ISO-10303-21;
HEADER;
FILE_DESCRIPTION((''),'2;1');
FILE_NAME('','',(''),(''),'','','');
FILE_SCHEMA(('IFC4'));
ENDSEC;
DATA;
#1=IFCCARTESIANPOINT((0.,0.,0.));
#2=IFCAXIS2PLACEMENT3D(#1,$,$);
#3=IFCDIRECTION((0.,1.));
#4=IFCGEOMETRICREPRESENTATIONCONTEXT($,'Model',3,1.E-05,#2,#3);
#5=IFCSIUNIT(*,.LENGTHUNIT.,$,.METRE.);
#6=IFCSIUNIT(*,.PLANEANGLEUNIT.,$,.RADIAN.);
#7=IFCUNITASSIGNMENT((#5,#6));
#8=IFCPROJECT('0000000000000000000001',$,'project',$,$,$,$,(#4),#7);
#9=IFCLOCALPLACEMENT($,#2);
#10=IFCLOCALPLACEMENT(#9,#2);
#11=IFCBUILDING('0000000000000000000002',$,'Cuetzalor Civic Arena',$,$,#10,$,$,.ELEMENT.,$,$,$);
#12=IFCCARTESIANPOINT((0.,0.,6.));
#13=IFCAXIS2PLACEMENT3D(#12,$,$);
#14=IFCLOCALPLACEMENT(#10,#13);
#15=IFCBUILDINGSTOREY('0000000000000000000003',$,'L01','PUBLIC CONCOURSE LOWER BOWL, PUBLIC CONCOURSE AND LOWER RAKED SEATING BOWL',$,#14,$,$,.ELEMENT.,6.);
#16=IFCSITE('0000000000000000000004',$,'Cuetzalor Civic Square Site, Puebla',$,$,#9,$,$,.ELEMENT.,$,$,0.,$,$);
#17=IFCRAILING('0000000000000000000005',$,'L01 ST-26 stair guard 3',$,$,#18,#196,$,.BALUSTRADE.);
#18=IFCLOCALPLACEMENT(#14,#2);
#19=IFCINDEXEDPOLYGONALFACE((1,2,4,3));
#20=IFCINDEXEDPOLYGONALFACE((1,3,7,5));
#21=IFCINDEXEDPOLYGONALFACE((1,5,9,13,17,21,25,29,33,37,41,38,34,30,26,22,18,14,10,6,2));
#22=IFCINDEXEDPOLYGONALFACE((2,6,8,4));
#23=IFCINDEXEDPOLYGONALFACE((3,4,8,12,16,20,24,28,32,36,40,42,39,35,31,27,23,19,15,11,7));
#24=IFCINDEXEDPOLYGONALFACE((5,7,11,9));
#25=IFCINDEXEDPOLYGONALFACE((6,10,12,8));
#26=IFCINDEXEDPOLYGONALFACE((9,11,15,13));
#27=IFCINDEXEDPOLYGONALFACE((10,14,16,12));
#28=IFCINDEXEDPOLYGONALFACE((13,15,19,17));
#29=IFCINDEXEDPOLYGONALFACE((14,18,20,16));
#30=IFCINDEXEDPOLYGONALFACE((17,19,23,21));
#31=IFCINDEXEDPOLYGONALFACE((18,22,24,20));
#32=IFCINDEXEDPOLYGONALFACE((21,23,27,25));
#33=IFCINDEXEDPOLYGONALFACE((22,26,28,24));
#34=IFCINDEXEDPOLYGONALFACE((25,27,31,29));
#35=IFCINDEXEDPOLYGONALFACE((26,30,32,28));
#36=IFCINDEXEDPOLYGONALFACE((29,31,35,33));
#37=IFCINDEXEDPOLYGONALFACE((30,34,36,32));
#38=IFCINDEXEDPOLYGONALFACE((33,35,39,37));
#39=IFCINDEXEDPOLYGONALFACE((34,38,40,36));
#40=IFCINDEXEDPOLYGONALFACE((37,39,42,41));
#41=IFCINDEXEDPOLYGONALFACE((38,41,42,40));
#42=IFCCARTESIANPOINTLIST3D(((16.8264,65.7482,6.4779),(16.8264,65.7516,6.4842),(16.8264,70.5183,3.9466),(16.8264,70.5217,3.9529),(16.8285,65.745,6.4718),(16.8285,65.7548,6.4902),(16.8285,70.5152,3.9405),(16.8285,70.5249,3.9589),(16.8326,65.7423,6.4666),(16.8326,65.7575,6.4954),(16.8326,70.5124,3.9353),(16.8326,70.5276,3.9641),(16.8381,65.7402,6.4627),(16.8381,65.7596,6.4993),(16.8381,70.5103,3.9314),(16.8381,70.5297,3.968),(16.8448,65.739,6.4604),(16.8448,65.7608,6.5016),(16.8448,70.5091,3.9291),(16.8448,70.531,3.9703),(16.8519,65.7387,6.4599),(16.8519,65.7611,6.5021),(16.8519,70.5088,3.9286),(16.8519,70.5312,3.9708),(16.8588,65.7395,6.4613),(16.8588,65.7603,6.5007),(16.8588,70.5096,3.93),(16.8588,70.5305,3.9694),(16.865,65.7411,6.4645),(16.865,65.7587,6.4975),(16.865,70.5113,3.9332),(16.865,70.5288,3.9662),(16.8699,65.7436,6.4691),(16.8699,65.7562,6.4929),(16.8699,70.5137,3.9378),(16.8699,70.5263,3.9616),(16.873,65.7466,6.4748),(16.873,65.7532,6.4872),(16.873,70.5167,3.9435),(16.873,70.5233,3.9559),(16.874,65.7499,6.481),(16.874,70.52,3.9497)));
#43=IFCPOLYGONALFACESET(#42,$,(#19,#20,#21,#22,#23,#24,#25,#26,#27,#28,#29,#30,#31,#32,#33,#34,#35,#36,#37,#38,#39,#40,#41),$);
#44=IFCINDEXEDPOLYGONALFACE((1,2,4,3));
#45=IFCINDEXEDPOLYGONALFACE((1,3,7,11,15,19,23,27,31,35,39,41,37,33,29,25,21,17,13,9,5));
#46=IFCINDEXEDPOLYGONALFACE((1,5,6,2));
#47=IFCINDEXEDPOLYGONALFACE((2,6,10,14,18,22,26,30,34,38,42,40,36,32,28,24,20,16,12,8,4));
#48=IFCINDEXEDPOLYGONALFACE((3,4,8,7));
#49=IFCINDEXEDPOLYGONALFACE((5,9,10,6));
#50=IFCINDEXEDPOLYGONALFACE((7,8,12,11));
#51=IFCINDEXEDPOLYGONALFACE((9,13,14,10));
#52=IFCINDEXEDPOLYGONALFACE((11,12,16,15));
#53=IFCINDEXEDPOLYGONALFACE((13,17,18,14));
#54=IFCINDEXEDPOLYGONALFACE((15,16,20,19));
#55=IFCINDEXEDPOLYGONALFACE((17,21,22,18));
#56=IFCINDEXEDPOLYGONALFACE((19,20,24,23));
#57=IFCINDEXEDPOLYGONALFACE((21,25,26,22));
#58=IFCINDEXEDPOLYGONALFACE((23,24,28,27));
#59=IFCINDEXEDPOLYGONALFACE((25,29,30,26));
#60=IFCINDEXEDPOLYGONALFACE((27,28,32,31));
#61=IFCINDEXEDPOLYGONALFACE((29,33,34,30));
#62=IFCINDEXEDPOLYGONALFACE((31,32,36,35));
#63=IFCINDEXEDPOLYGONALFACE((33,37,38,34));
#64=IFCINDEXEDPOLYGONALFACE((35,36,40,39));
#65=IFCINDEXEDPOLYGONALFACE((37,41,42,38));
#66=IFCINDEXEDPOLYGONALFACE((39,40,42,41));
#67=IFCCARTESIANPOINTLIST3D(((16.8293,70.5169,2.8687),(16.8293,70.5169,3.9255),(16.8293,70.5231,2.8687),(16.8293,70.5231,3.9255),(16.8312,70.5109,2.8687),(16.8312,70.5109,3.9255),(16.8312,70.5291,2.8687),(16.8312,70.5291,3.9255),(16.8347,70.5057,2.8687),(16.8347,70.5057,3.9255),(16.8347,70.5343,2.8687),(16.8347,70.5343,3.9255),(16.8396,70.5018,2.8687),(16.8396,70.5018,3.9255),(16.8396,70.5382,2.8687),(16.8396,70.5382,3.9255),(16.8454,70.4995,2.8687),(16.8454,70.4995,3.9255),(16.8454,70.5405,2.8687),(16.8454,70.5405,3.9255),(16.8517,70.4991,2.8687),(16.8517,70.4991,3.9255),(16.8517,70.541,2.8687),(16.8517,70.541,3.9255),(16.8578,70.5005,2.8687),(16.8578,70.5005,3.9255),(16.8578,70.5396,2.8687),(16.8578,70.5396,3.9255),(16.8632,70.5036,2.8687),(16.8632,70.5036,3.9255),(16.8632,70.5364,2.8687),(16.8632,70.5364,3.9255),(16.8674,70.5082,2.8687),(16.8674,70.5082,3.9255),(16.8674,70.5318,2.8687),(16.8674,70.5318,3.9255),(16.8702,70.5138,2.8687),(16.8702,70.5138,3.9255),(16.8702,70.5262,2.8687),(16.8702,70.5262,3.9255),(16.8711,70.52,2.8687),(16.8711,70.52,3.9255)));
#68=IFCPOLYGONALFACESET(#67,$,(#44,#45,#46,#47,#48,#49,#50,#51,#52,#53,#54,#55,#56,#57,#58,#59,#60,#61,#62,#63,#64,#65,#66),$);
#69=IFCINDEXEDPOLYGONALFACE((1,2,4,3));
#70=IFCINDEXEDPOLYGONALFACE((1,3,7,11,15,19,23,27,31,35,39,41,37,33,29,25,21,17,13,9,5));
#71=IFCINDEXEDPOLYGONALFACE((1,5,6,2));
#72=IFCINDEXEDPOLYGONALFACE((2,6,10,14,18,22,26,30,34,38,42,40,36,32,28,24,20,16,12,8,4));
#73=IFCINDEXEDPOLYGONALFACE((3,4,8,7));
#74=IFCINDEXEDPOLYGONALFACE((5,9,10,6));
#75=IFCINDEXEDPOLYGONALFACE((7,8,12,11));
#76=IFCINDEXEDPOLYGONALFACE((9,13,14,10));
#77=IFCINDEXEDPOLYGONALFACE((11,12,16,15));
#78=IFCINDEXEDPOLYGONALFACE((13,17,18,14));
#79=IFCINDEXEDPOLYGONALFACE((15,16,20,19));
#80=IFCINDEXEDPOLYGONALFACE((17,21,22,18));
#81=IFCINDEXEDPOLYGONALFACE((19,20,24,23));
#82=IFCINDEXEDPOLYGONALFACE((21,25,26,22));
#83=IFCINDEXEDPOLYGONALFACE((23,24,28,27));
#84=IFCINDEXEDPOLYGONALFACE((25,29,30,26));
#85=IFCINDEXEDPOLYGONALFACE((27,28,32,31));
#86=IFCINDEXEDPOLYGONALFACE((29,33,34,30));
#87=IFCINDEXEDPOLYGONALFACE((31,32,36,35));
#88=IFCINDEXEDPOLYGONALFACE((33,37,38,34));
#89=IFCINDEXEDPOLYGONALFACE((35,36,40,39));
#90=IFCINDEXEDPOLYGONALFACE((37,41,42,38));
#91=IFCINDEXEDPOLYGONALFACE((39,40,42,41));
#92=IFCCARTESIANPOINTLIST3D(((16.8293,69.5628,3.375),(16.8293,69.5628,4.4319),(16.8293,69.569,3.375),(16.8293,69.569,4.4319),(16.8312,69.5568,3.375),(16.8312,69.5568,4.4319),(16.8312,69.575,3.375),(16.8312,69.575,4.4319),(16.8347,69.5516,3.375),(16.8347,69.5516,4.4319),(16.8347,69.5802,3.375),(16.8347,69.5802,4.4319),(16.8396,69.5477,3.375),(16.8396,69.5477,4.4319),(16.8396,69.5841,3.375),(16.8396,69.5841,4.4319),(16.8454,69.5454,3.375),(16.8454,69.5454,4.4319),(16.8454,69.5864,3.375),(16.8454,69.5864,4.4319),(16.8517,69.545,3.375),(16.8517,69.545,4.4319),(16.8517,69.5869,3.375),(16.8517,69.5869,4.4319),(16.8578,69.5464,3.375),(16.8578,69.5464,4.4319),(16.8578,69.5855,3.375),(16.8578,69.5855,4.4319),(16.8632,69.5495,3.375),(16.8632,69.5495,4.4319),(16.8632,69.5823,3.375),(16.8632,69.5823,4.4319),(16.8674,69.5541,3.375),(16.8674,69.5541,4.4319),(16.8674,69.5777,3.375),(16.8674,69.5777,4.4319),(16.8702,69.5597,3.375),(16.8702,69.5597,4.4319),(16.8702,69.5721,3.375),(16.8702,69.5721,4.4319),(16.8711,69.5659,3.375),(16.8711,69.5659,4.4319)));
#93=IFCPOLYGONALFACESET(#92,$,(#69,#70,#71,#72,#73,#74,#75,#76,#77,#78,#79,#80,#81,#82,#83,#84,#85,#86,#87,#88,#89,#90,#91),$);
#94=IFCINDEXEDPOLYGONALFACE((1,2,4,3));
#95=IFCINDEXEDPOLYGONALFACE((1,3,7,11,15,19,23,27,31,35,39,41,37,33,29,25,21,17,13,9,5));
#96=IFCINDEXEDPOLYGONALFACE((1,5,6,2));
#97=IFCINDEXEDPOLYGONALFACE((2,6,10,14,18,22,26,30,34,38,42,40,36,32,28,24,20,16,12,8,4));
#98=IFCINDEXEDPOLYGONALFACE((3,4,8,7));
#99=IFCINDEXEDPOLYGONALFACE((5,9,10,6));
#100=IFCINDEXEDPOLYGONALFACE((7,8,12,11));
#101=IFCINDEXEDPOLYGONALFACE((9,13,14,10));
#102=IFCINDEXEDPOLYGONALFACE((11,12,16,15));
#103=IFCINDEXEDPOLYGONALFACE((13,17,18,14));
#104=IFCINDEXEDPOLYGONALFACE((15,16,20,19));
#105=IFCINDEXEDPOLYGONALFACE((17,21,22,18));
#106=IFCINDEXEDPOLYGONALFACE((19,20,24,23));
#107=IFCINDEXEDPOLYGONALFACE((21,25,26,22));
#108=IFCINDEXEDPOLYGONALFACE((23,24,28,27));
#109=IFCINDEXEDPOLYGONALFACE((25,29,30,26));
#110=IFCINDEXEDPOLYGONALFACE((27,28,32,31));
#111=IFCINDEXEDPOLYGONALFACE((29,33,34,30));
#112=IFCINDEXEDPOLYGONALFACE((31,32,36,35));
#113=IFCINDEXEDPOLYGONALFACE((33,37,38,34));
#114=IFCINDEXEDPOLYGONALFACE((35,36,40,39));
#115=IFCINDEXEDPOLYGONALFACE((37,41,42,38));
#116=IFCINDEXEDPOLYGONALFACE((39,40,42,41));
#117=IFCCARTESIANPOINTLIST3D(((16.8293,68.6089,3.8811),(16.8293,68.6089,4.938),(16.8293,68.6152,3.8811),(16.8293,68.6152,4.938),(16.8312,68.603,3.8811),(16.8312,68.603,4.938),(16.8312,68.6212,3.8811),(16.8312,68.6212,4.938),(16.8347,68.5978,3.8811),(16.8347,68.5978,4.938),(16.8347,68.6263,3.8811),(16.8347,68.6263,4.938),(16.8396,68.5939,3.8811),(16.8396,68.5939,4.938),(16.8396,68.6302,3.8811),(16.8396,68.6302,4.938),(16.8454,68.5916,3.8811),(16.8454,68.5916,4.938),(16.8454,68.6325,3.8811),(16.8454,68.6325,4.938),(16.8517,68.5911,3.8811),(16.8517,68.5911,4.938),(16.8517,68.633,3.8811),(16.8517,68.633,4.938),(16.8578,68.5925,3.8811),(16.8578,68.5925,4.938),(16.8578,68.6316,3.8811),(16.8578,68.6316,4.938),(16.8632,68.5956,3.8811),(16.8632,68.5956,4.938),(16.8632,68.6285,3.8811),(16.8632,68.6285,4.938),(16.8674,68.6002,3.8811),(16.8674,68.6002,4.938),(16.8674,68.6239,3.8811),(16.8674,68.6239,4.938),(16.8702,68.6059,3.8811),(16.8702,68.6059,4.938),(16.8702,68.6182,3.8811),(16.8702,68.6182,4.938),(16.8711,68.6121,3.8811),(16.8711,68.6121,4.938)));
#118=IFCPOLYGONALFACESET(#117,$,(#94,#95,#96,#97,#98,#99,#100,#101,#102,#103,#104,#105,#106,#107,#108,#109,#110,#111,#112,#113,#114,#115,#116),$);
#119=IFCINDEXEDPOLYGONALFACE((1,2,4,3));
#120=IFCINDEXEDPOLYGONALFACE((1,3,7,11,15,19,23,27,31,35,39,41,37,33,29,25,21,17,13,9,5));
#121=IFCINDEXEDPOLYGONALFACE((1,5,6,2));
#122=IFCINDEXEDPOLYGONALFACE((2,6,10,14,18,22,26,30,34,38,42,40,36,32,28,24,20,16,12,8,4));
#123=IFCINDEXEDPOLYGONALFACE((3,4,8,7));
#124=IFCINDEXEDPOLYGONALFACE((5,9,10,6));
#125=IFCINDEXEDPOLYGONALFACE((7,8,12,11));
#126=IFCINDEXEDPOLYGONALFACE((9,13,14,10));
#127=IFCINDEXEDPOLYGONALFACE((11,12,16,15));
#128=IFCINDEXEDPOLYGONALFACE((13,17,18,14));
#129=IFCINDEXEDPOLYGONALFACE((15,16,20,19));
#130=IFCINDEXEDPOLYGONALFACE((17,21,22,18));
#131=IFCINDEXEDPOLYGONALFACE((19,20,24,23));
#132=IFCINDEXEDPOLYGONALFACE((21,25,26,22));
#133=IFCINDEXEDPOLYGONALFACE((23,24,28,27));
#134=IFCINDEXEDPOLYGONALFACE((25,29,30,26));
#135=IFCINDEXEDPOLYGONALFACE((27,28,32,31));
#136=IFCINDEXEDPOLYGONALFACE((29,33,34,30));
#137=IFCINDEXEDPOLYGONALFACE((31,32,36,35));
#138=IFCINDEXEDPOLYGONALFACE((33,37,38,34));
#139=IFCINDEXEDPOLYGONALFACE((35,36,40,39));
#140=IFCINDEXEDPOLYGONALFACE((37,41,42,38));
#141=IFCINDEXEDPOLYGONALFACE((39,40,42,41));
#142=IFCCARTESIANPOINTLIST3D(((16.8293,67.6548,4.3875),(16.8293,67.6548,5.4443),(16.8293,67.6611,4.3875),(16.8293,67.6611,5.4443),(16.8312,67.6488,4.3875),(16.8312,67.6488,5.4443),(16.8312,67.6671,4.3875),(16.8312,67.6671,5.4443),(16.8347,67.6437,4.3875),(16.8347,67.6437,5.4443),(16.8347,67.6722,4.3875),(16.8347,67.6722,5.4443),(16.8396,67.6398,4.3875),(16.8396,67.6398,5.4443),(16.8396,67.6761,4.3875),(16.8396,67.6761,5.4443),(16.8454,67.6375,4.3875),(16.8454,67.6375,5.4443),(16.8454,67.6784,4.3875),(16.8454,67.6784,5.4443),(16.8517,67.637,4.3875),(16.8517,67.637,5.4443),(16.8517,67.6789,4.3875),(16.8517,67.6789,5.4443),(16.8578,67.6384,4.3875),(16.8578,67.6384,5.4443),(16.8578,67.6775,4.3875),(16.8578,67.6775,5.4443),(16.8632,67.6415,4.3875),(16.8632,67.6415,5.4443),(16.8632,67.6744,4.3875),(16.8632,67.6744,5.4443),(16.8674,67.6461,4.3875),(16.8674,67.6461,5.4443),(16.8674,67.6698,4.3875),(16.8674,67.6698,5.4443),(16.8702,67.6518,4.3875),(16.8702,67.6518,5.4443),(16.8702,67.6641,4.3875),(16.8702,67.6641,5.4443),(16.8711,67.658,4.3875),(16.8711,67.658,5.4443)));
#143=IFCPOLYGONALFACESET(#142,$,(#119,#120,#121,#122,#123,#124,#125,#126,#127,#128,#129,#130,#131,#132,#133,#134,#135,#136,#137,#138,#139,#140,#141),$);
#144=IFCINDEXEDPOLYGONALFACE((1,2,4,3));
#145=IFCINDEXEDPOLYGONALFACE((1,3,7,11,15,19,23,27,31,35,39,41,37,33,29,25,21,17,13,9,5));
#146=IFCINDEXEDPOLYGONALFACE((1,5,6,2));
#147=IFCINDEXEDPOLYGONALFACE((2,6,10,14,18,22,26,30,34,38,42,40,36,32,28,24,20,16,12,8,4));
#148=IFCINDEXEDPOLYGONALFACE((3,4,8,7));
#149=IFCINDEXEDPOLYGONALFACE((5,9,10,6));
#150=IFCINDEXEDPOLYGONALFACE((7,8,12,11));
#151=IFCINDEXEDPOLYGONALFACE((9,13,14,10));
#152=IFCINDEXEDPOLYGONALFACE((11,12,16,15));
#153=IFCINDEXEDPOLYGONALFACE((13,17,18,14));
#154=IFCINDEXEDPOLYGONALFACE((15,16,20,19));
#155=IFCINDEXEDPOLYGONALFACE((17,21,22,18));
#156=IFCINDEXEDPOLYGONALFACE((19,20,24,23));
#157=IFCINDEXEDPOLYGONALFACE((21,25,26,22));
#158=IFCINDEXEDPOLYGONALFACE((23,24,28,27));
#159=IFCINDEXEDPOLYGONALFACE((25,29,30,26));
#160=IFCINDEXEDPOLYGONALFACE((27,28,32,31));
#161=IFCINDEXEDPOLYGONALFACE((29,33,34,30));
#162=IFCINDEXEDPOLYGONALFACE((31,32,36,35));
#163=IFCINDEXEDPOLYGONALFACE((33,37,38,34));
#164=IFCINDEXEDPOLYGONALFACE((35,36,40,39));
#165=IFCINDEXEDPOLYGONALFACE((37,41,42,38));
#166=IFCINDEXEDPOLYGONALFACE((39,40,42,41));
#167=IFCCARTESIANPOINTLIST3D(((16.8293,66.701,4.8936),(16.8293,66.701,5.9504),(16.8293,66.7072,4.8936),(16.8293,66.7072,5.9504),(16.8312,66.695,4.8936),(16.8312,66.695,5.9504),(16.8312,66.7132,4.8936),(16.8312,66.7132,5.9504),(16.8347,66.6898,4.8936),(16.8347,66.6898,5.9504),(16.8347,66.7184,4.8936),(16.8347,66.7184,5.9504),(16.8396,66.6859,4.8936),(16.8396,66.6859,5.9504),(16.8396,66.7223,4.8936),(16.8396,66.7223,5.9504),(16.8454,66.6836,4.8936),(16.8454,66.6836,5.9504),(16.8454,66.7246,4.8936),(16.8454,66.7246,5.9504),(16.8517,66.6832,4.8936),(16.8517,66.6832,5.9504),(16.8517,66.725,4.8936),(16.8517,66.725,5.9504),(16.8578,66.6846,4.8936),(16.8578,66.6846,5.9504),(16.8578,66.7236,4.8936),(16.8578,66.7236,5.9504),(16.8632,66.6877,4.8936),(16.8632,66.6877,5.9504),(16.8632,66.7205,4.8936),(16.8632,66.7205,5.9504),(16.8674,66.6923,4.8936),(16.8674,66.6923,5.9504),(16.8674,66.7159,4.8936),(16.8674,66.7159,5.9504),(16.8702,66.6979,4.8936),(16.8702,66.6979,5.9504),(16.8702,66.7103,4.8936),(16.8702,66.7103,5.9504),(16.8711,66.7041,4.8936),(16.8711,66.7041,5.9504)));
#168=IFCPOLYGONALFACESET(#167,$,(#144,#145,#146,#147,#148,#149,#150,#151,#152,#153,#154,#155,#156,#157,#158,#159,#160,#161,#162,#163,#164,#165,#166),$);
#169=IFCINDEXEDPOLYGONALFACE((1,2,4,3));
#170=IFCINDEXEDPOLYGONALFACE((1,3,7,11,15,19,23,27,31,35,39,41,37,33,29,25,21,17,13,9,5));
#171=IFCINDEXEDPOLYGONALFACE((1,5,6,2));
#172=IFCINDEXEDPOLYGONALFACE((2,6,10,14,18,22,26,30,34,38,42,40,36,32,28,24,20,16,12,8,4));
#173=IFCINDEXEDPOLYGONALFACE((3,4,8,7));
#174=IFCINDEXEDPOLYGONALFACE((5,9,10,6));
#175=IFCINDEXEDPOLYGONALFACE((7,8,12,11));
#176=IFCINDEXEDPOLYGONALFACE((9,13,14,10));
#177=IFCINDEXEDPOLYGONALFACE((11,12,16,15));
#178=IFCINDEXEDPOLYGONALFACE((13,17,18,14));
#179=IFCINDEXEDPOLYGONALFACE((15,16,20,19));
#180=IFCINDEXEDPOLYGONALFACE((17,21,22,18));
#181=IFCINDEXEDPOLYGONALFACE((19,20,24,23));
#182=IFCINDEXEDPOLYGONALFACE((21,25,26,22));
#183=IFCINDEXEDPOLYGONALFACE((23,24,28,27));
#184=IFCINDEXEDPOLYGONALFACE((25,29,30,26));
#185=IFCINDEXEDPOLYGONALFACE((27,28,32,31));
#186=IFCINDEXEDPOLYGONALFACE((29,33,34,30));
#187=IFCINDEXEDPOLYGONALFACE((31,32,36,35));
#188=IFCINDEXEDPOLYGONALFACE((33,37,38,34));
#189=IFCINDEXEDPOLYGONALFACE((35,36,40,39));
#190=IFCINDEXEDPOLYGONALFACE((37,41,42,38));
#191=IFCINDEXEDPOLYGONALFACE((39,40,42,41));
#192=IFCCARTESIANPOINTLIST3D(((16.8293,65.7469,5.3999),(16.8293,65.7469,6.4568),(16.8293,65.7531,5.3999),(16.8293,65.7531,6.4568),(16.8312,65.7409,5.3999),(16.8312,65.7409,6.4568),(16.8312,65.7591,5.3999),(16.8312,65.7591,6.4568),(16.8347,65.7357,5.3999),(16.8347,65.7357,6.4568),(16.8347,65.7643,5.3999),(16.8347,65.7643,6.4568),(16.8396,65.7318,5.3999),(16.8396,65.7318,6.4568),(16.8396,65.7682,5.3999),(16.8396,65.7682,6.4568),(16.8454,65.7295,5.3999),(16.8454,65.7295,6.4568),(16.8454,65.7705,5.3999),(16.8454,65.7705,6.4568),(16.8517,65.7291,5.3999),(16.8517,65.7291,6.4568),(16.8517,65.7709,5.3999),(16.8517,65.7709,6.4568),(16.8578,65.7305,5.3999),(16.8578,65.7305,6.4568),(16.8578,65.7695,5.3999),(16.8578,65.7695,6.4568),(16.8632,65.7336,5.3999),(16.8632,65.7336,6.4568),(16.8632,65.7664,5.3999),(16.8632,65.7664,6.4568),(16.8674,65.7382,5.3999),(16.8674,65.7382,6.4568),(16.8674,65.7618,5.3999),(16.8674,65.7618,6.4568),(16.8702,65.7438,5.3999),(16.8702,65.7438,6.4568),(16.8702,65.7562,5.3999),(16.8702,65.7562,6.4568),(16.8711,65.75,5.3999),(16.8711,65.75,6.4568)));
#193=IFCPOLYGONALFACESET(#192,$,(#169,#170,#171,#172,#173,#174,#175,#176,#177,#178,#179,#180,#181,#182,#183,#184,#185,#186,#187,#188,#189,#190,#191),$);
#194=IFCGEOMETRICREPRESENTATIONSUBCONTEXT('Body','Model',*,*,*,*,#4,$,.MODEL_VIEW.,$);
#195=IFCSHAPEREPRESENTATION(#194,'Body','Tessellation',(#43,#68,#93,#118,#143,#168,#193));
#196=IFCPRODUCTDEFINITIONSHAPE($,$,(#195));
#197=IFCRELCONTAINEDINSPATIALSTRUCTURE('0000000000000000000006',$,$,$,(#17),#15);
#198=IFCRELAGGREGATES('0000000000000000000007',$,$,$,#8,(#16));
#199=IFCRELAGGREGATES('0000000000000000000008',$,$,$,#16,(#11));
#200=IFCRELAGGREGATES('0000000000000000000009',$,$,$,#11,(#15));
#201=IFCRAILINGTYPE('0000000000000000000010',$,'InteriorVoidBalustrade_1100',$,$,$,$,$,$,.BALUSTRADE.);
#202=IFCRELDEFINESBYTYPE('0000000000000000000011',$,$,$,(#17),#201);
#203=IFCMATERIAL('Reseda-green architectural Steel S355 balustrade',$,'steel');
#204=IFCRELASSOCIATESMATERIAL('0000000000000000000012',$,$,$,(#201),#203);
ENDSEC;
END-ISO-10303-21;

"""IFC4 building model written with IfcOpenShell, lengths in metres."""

from ifc_helpers import new_model, si_unit, direction, frame, origin, origin_2d, place, context, subcontext, project, spatial, circle, extrude, material, type_object, element, save


model = new_model("IFC4")

# Units and contexts
model_context = context("Model", 3, precision=1e-05, world=origin(), true_north=direction((0.0, 1.0)))
body_context = subcontext(model_context, "Body", "Model", "MODEL_VIEW")
ifc_project = project(units=[si_unit("LENGTHUNIT", "METRE"), si_unit("PLANEANGLEUNIT", "RADIAN")], contexts=[model_context])

# Site, building, storey
site_placement = place(None, origin())
site = spatial("IfcSite", under=ifc_project, at=site_placement, Name="Cuetzalor Civic Square Site, Puebla", CompositionType="ELEMENT", RefElevation=0.0)
building_placement = place(site_placement, origin())
building = spatial("IfcBuilding", under=site, at=building_placement, Name="Cuetzalor Civic Arena", CompositionType="ELEMENT")
storey_placement = place(building_placement, frame((0.0, 0.0, 6.0)))
storey = spatial("IfcBuildingStorey", under=building, at=storey_placement, Name="L01", Description="PUBLIC CONCOURSE LOWER BOWL, PUBLIC CONCOURSE AND LOWER RAKED SEATING BOWL", CompositionType="ELEMENT", Elevation=6.0)

# Railing
ifc_material_1 = material(Name="Reseda-green architectural Steel S355 balustrade", Category="steel")
railing_type_1 = type_object("IfcRailingType", Name="InteriorVoidBalustrade_1100", PredefinedType="BALUSTRADE", material=ifc_material_1)
railing_1_placement = place(storey_placement, frame((16.8501, 70.52, 2.8687)))
element("IfcRailing", 1, at=railing_1_placement, inside=storey, type_object=railing_type_1, Name="L01 ST-26 stair guard 3", PredefinedType="BALUSTRADE", context=body_context, shape_type="SweptSolid", body=[
    extrude(circle(Radius=0.0239, at=origin_2d()), frame((0.0, 0.0, 1.0811), z_axis=(0.0, -0.883332, 0.468747), x_axis=(1.0, 0.0, 0.0)), (0.0, 0.0, 1.0), 5.4001),
    extrude(circle(Radius=0.021, at=origin_2d()), origin(), (0.0, 0.0, 1.0), 1.0569),
    extrude(circle(Radius=0.021, at=origin_2d()), frame((0.0, -0.9541, 0.5063)), (0.0, 0.0, 1.0), 1.0569),
    extrude(circle(Radius=0.021, at=origin_2d()), frame((0.0, -1.908, 1.0125)), (0.0, 0.0, 1.0), 1.0569),
    extrude(circle(Radius=0.021, at=origin_2d()), frame((0.0, -2.8621, 1.5188)), (0.0, 0.0, 1.0), 1.0569),
    extrude(circle(Radius=0.021, at=origin_2d()), frame((0.0, -3.8159, 2.0249)), (0.0, 0.0, 1.0), 1.0569),
    extrude(circle(Radius=0.021, at=origin_2d()), frame((0.0, -4.77, 2.5312)), (0.0, 0.0, 1.0), 1.0569),
])

save(model, "model.ifc")
